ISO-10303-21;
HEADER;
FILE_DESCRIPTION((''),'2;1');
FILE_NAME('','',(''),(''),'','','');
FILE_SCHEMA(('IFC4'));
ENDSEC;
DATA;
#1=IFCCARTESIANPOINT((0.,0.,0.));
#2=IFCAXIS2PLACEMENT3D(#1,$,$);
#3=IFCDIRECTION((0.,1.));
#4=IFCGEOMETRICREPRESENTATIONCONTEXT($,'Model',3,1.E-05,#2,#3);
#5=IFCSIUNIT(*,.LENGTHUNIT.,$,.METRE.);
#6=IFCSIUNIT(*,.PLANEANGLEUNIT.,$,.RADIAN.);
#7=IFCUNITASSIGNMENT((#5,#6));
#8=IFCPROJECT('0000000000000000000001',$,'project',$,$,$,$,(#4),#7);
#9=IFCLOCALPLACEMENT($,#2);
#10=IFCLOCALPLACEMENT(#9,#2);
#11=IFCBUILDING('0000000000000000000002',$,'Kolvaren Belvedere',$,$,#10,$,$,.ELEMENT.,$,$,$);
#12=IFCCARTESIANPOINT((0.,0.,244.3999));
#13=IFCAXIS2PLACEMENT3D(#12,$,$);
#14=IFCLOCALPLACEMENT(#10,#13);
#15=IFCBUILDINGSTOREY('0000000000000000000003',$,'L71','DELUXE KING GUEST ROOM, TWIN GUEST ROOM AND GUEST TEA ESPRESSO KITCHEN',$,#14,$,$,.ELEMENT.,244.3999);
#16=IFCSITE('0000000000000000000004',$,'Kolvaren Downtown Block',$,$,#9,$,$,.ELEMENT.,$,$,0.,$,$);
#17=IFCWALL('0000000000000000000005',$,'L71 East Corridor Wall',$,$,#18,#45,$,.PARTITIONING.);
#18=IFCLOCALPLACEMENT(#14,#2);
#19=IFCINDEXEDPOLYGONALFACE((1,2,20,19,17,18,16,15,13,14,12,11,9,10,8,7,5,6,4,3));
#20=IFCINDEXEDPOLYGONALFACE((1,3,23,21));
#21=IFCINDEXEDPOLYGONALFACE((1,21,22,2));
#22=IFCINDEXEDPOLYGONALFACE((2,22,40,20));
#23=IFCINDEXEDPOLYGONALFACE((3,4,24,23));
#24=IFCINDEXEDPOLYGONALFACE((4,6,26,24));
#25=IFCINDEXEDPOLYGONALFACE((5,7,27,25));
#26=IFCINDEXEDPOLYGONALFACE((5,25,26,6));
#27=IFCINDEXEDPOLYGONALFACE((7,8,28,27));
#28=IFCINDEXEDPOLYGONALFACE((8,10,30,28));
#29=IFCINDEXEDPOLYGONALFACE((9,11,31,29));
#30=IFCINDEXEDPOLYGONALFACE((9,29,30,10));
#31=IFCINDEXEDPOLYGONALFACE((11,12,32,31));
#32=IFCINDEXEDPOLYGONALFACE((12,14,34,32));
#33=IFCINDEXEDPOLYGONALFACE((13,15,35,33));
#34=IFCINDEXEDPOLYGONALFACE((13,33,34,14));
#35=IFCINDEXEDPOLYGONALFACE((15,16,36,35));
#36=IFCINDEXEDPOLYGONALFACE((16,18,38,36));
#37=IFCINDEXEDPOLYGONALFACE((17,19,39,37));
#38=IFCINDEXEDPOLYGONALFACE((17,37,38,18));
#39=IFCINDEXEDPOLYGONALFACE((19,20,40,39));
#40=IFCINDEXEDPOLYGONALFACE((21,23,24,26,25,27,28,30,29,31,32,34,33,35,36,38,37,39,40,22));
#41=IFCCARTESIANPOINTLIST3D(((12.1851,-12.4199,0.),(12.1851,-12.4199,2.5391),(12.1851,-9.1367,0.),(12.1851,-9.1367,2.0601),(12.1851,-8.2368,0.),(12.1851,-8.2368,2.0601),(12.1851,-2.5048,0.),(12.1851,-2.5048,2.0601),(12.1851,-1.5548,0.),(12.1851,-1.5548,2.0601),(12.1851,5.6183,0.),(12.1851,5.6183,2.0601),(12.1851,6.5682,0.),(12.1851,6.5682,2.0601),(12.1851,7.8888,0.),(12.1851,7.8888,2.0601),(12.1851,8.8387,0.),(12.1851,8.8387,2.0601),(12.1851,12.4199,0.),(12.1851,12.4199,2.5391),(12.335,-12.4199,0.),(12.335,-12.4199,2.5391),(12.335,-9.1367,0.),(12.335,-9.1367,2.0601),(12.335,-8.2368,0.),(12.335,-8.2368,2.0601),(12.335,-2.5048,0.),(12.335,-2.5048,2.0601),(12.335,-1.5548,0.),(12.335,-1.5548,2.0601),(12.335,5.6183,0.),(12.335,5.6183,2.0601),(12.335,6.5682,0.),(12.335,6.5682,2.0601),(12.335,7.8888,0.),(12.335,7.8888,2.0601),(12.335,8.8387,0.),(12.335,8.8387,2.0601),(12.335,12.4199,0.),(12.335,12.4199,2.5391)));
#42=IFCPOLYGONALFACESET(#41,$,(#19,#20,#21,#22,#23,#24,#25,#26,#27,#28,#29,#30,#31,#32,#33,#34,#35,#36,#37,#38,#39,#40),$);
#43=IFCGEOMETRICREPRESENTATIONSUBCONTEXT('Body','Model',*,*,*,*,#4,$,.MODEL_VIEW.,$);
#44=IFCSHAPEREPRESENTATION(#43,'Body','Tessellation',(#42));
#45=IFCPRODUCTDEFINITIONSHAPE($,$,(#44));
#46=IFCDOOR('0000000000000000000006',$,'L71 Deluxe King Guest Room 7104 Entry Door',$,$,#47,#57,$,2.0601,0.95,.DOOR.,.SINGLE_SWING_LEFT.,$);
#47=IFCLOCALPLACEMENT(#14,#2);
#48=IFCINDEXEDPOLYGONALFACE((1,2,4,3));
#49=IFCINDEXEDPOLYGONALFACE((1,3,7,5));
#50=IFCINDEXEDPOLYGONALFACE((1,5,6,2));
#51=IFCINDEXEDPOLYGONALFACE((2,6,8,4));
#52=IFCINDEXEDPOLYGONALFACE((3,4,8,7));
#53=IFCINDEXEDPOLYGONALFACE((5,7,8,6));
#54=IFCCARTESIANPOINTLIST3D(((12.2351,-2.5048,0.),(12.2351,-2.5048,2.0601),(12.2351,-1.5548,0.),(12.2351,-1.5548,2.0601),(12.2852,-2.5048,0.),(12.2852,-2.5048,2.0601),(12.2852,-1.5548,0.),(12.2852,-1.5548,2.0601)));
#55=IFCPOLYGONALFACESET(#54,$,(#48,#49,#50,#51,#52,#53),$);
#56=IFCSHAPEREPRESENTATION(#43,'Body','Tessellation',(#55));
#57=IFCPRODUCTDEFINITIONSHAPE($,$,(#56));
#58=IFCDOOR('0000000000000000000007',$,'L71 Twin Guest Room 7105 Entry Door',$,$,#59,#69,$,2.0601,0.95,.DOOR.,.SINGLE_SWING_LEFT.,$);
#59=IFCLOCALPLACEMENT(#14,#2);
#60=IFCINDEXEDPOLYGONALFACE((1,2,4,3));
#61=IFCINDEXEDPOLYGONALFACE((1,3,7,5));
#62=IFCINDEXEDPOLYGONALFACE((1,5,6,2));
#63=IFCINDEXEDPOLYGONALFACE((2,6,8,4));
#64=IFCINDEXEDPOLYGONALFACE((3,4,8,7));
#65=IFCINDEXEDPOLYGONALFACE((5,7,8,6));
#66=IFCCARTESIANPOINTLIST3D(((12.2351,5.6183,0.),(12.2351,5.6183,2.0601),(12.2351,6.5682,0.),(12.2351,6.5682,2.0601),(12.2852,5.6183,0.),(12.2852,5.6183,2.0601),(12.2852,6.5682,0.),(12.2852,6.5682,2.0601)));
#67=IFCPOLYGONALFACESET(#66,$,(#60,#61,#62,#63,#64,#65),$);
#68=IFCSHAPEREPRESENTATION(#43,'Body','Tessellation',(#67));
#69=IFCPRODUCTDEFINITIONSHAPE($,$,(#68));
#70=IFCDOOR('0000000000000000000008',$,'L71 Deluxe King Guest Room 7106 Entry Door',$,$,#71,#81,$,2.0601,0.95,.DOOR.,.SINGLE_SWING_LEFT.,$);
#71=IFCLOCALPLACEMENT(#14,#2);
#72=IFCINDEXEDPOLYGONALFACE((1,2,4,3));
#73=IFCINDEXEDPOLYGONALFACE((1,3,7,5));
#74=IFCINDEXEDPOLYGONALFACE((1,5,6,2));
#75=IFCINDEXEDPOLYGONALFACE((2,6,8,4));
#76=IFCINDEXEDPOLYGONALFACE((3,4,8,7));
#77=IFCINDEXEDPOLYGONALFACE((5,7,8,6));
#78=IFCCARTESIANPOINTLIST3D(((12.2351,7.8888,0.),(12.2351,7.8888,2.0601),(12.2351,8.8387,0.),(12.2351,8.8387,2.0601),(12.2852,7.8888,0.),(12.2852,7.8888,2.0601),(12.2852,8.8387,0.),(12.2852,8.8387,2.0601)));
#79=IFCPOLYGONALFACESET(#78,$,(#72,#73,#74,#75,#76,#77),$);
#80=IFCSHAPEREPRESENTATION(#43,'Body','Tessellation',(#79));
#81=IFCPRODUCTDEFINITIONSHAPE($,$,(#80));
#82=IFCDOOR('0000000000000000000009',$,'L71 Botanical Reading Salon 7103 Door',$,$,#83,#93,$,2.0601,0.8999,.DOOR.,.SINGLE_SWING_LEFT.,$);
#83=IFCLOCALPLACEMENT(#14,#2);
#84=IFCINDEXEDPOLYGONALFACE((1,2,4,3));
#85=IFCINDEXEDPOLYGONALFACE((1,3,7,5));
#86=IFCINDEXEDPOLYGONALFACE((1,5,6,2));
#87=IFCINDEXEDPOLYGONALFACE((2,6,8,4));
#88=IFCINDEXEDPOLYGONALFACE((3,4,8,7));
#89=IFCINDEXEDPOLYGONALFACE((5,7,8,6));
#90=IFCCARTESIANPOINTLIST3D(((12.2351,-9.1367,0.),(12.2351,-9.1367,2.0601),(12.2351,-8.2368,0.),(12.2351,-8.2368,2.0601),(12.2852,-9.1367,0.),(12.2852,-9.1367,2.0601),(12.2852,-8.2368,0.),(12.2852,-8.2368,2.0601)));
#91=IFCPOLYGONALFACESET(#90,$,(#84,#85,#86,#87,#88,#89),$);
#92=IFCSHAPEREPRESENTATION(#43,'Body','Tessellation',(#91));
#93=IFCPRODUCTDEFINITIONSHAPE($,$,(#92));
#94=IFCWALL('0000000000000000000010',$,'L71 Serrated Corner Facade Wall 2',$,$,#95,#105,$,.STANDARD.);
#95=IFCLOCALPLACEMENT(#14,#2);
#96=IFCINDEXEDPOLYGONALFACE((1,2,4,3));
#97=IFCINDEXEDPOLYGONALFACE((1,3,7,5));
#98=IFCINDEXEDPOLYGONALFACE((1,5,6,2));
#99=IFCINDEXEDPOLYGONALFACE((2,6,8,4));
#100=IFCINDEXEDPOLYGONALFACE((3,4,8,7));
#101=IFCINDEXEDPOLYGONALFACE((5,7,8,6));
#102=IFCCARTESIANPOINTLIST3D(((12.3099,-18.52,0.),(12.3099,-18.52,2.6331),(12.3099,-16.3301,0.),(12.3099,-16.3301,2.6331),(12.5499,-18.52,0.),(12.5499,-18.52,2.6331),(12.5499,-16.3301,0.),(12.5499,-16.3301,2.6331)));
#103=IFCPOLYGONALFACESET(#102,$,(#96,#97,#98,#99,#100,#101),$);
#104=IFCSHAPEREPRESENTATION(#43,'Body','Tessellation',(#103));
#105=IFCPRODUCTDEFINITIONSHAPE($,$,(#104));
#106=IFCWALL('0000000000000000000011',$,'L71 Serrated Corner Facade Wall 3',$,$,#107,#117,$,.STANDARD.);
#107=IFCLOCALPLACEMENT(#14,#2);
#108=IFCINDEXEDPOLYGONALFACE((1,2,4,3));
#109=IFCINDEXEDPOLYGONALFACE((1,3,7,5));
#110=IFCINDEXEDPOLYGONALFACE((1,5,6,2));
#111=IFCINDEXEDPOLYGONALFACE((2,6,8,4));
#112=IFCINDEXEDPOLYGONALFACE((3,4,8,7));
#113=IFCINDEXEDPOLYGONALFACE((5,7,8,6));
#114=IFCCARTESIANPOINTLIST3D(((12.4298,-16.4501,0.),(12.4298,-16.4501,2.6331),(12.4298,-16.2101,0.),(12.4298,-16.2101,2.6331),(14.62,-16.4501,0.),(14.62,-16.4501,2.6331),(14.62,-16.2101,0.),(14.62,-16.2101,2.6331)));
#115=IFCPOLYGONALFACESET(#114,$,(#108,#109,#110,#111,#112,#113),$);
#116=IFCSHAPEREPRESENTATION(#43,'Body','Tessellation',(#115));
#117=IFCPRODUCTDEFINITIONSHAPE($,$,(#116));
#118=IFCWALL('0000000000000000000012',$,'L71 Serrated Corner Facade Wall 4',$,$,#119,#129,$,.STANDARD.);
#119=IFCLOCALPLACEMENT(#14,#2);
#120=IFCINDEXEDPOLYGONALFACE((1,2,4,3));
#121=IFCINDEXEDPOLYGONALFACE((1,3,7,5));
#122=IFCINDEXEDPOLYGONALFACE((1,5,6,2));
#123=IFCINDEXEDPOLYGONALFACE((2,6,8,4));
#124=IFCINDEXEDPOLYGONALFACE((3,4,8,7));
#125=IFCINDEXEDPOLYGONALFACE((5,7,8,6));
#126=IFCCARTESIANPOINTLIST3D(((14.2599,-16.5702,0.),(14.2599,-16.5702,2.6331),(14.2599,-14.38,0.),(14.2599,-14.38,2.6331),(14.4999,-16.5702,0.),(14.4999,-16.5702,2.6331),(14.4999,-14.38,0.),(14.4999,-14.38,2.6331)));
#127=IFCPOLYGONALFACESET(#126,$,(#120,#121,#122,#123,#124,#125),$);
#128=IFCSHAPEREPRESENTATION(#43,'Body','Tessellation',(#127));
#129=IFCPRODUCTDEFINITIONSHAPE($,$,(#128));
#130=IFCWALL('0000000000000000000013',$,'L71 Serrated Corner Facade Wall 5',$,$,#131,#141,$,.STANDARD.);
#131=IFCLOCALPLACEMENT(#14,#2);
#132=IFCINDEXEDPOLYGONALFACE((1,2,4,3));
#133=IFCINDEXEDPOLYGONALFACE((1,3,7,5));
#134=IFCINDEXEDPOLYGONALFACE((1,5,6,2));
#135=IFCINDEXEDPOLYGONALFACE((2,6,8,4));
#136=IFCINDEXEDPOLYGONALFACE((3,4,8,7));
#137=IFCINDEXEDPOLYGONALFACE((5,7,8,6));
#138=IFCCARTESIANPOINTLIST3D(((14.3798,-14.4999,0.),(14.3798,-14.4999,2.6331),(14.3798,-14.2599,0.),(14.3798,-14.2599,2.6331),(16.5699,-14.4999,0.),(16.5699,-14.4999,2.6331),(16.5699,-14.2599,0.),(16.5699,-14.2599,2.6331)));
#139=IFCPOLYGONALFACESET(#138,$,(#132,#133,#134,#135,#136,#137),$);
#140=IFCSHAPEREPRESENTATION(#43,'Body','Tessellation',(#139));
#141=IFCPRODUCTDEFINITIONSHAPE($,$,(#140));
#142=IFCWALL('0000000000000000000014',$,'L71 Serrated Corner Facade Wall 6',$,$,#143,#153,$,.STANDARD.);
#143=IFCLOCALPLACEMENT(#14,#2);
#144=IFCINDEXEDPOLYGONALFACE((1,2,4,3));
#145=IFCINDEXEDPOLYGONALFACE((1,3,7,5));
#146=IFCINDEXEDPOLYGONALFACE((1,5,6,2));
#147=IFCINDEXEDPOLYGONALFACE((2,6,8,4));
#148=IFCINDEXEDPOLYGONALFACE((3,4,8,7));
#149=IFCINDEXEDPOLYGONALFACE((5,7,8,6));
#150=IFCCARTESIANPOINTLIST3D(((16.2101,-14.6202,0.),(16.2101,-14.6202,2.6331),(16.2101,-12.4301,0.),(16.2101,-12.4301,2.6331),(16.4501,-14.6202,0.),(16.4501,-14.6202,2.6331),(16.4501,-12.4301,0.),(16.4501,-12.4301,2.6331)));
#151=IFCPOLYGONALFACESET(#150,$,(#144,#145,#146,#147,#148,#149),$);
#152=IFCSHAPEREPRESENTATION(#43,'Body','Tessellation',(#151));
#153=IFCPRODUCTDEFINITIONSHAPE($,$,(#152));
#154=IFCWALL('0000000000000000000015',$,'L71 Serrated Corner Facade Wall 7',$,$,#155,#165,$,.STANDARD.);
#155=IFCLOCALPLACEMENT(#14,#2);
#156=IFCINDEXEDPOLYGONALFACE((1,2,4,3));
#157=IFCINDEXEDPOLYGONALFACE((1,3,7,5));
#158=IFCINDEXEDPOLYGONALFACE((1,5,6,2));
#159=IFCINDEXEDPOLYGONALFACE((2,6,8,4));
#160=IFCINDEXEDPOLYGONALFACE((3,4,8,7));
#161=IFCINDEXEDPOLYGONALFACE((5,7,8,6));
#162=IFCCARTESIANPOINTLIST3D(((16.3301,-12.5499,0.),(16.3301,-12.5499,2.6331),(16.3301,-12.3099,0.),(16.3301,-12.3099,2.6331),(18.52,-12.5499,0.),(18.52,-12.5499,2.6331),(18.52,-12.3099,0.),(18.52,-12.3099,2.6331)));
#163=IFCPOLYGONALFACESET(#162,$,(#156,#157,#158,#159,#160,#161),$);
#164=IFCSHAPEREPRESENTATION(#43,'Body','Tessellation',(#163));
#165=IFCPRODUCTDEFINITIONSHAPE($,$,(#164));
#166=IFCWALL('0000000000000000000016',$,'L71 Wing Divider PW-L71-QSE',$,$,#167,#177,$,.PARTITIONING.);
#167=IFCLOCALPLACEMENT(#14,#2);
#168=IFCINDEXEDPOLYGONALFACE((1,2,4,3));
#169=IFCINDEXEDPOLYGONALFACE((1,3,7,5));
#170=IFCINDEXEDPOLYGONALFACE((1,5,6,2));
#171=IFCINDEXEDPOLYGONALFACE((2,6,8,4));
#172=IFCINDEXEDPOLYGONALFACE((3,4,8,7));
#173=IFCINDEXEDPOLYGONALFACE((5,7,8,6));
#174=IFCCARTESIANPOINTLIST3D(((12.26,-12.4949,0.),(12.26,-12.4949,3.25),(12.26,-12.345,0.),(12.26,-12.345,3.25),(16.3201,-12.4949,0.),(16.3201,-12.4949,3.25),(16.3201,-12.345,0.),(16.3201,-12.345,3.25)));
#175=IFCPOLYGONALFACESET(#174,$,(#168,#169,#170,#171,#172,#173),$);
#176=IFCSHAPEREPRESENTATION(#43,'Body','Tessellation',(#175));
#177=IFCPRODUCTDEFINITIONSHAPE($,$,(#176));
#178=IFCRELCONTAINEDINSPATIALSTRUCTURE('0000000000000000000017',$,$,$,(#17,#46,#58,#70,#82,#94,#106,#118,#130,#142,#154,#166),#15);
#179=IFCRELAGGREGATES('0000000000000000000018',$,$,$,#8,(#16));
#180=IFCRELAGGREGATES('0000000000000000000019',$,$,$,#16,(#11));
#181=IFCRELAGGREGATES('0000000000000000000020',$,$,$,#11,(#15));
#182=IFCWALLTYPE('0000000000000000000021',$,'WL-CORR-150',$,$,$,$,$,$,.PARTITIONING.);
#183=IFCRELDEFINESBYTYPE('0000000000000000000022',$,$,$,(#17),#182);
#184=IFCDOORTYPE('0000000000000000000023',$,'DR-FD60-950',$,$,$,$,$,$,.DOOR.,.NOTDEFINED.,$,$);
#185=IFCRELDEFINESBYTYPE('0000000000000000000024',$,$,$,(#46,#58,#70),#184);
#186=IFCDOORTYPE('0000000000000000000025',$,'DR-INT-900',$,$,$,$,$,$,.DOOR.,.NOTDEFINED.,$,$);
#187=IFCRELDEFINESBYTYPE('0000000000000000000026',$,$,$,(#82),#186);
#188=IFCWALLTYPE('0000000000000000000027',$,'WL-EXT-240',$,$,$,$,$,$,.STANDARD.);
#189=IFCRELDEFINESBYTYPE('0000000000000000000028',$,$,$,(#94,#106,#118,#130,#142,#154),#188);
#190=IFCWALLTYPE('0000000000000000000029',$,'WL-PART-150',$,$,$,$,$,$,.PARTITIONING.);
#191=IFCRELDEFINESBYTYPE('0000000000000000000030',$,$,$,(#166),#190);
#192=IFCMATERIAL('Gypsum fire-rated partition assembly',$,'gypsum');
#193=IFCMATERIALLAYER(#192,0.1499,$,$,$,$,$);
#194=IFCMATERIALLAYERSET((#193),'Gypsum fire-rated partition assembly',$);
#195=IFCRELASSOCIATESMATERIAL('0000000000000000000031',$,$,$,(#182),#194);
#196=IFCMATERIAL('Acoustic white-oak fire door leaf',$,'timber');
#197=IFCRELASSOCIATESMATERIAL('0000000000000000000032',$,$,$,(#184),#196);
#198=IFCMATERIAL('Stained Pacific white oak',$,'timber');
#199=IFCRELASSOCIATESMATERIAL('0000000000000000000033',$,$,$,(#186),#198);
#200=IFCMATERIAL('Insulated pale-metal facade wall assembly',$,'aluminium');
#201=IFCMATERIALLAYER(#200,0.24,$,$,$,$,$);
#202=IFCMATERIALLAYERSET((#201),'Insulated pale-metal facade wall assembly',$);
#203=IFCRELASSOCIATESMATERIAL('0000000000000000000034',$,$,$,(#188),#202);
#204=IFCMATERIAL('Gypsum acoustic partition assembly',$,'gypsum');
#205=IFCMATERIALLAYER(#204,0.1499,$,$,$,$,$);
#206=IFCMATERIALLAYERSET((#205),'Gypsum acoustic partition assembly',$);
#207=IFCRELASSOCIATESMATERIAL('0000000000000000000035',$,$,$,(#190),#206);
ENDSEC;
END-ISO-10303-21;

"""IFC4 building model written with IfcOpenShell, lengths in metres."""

from ifc_helpers import new_model, si_unit, direction, frame, frame_2d, origin, place, context, subcontext, project, spatial, rectangle, extrude, material, layer, layer_set, type_object, element, fill, save


model = new_model("IFC4")

# Units and contexts
model_context = context("Model", 3, precision=1e-05, world=origin(), true_north=direction((0.0, 1.0)))
body_context = subcontext(model_context, "Body", "Model", "MODEL_VIEW")
ifc_project = project(units=[si_unit("LENGTHUNIT", "METRE"), si_unit("PLANEANGLEUNIT", "RADIAN")], contexts=[model_context])

# Site, building, storey
site_placement = place(None, origin())
site = spatial("IfcSite", under=ifc_project, at=site_placement, Name="Kolvaren Downtown Block", CompositionType="ELEMENT", RefElevation=0.0)
building_placement = place(site_placement, origin())
building = spatial("IfcBuilding", under=site, at=building_placement, Name="Kolvaren Belvedere", CompositionType="ELEMENT")
storey_placement = place(building_placement, frame((0.0, 0.0, 244.3999)))
storey = spatial("IfcBuildingStorey", under=building, at=storey_placement, Name="L71", Description="DELUXE KING GUEST ROOM, TWIN GUEST ROOM AND GUEST TEA ESPRESSO KITCHEN", CompositionType="ELEMENT", Elevation=244.3999)

# Wall, openings, doors
ifc_material_1 = material(Name="Gypsum fire-rated partition assembly", Category="gypsum")
ifc_layer_1 = layer(ifc_material_1, 0.1499)
ifc_layer_set_1 = layer_set([ifc_layer_1], Name="Gypsum fire-rated partition assembly")
wall_type_1 = type_object("IfcWallType", Name="WL-CORR-150", PredefinedType="PARTITIONING", material=ifc_layer_set_1)
wall_1_placement = place(storey_placement, frame((12.26, -12.4199, 0.0), z_axis=(0.0, 0.0, 1.0), x_axis=(0.0, 1.0, 0.0)))
wall_1 = element("IfcWall", 1, at=wall_1_placement, inside=storey, type_object=wall_type_1, Name="L71 East Corridor Wall", PredefinedType="PARTITIONING", context=body_context, shape_type="SweptSolid", body=[
    extrude(rectangle(XDim=24.8398, YDim=0.1499, at=frame_2d((12.4199, 0.0))), origin(), (0.0, 0.0, 1.0), 2.5391),
])
opening_1_placement = place(wall_1_placement, frame((3.2832, 0.0, 0.0)))
opening_1 = element("IfcOpeningElement", 2, at=opening_1_placement, cuts=wall_1, PredefinedType="OPENING", context=body_context, shape_type="SweptSolid", body=[
    extrude(rectangle(XDim=0.8999, YDim=2.0601, at=frame_2d((0.45, 1.03))), frame((0.0, 0.085, 0.0), z_axis=(0.0, -1.0, 0.0), x_axis=(1.0, 0.0, 0.0)), (0.0, 0.0, 1.0), 0.1699),
])
opening_2_placement = place(wall_1_placement, frame((9.915, 0.0, 0.0)))
opening_2 = element("IfcOpeningElement", 3, at=opening_2_placement, cuts=wall_1, PredefinedType="OPENING", context=body_context, shape_type="SweptSolid", body=[
    extrude(rectangle(XDim=0.95, YDim=2.0601, at=frame_2d((0.4751, 1.03))), frame((0.0, 0.085, 0.0), z_axis=(0.0, -1.0, 0.0), x_axis=(1.0, 0.0, 0.0)), (0.0, 0.0, 1.0), 0.1699),
])
opening_3_placement = place(wall_1_placement, frame((18.0381, 0.0, 0.0)))
opening_3 = element("IfcOpeningElement", 4, at=opening_3_placement, cuts=wall_1, PredefinedType="OPENING", context=body_context, shape_type="SweptSolid", body=[
    extrude(rectangle(XDim=0.95, YDim=2.0601, at=frame_2d((0.4751, 1.03))), frame((0.0, 0.085, 0.0), z_axis=(0.0, -1.0, 0.0), x_axis=(1.0, 0.0, 0.0)), (0.0, 0.0, 1.0), 0.1699),
])
opening_4_placement = place(wall_1_placement, frame((20.3086, 0.0, 0.0)))
opening_4 = element("IfcOpeningElement", 5, at=opening_4_placement, cuts=wall_1, PredefinedType="OPENING", context=body_context, shape_type="SweptSolid", body=[
    extrude(rectangle(XDim=0.95, YDim=2.0601, at=frame_2d((0.4751, 1.03))), frame((0.0, 0.085, 0.0), z_axis=(0.0, -1.0, 0.0), x_axis=(1.0, 0.0, 0.0)), (0.0, 0.0, 1.0), 0.1699),
])
ifc_material_2 = material(Name="Acoustic white-oak fire door leaf", Category="timber")
door_type_1 = type_object("IfcDoorType", Name="DR-FD60-950", OperationType="NOTDEFINED", PredefinedType="DOOR", material=ifc_material_2)
door_1_placement = place(opening_2_placement, origin())
door_1 = element("IfcDoor", 6, at=door_1_placement, inside=storey, type_object=door_type_1, Name="L71 Deluxe King Guest Room 7104 Entry Door", OperationType="SINGLE_SWING_LEFT", OverallHeight=2.0601, OverallWidth=0.95, PredefinedType="DOOR", context=body_context, shape_type="SweptSolid", body=[
    extrude(rectangle(XDim=0.95, YDim=2.0601, at=frame_2d((0.4751, 1.03))), frame((0.0, 0.0249, 0.0), z_axis=(0.0, -1.0, 0.0), x_axis=(1.0, 0.0, 0.0)), (0.0, 0.0, 1.0), 0.05),
])
fill(opening_2, door_1)
door_2_placement = place(opening_3_placement, origin())
door_2 = element("IfcDoor", 7, at=door_2_placement, inside=storey, type_object=door_type_1, Name="L71 Twin Guest Room 7105 Entry Door", OperationType="SINGLE_SWING_LEFT", OverallHeight=2.0601, OverallWidth=0.95, PredefinedType="DOOR", context=body_context, shape_type="SweptSolid", body=[
    extrude(rectangle(XDim=0.95, YDim=2.0601, at=frame_2d((0.4751, 1.03))), frame((0.0, 0.0249, 0.0), z_axis=(0.0, -1.0, 0.0), x_axis=(1.0, 0.0, 0.0)), (0.0, 0.0, 1.0), 0.05),
])
fill(opening_3, door_2)
door_3_placement = place(opening_4_placement, origin())
door_3 = element("IfcDoor", 8, at=door_3_placement, inside=storey, type_object=door_type_1, Name="L71 Deluxe King Guest Room 7106 Entry Door", OperationType="SINGLE_SWING_LEFT", OverallHeight=2.0601, OverallWidth=0.95, PredefinedType="DOOR", context=body_context, shape_type="SweptSolid", body=[
    extrude(rectangle(XDim=0.95, YDim=2.0601, at=frame_2d((0.4751, 1.03))), frame((0.0, 0.0249, 0.0), z_axis=(0.0, -1.0, 0.0), x_axis=(1.0, 0.0, 0.0)), (0.0, 0.0, 1.0), 0.05),
])
fill(opening_4, door_3)
ifc_material_3 = material(Name="Stained Pacific white oak", Category="timber")
door_type_2 = type_object("IfcDoorType", Name="DR-INT-900", OperationType="NOTDEFINED", PredefinedType="DOOR", material=ifc_material_3)
door_4_placement = place(opening_1_placement, origin())
door_4 = element("IfcDoor", 9, at=door_4_placement, inside=storey, type_object=door_type_2, Name="L71 Botanical Reading Salon 7103 Door", OperationType="SINGLE_SWING_LEFT", OverallHeight=2.0601, OverallWidth=0.8999, PredefinedType="DOOR", context=body_context, shape_type="SweptSolid", body=[
    extrude(rectangle(XDim=0.8999, YDim=2.0601, at=frame_2d((0.45, 1.03))), frame((0.0, 0.0249, 0.0), z_axis=(0.0, -1.0, 0.0), x_axis=(1.0, 0.0, 0.0)), (0.0, 0.0, 1.0), 0.05),
])
fill(opening_1, door_4)

# Walls
ifc_material_4 = material(Name="Insulated pale-metal facade wall assembly", Category="aluminium")
ifc_layer_2 = layer(ifc_material_4, 0.24)
ifc_layer_set_2 = layer_set([ifc_layer_2], Name="Insulated pale-metal facade wall assembly")
wall_type_2 = type_object("IfcWallType", Name="WL-EXT-240", PredefinedType="STANDARD", material=ifc_layer_set_2)
wall_2_placement = place(storey_placement, frame((12.4299, -16.3301, 0.0), z_axis=(0.0, 0.0, 1.0), x_axis=(0.0, -1.0, 0.0)))
element("IfcWall", 10, at=wall_2_placement, inside=storey, type_object=wall_type_2, Name="L71 Serrated Corner Facade Wall 2", PredefinedType="STANDARD", context=body_context, shape_type="SweptSolid", body=[
    extrude(rectangle(XDim=2.1899, YDim=0.24, at=frame_2d((1.095, 0.0))), origin(), (0.0, 0.0, 1.0), 2.6331),
])
for number, where, z_axis, x_axis, name in (
    (11, (14.6201, -16.3301, 0.0), (0.0, 0.0, 1.0), (-1.0, 0.0, 0.0), "L71 Serrated Corner Facade Wall 3"),
    (12, (14.3799, -14.3799, 0.0), (0.0, 0.0, 1.0), (0.0, -1.0, 0.0), "L71 Serrated Corner Facade Wall 4"),
    (13, (16.5701, -14.3799, 0.0), (0.0, 0.0, 1.0), (-1.0, 0.0, 0.0), "L71 Serrated Corner Facade Wall 5"),
    (14, (16.3301, -12.4299, 0.0), (0.0, 0.0, 1.0), (0.0, -1.0, 0.0), "L71 Serrated Corner Facade Wall 6"),
):
    element("IfcWall", number, at=place(storey_placement, frame(where, z_axis=z_axis, x_axis=x_axis)), inside=storey, type_object=wall_type_2, Name=name, PredefinedType="STANDARD", context=body_context, shape_type="SweptSolid", body=[
        extrude(rectangle(XDim=2.1902, YDim=0.24, at=frame_2d((1.0952, 0.0))), origin(), (0.0, 0.0, 1.0), 2.6331),
    ])
wall_3_placement = place(storey_placement, frame((18.52, -12.4299, 0.0), z_axis=(0.0, 0.0, 1.0), x_axis=(-1.0, 0.0, 0.0)))
element("IfcWall", 15, at=wall_3_placement, inside=storey, type_object=wall_type_2, Name="L71 Serrated Corner Facade Wall 7", PredefinedType="STANDARD", context=body_context, shape_type="SweptSolid", body=[
    extrude(rectangle(XDim=2.1899, YDim=0.24, at=frame_2d((1.095, 0.0))), origin(), (0.0, 0.0, 1.0), 2.6331),
])
ifc_material_5 = material(Name="Gypsum acoustic partition assembly", Category="gypsum")
ifc_layer_3 = layer(ifc_material_5, 0.1499)
ifc_layer_set_3 = layer_set([ifc_layer_3], Name="Gypsum acoustic partition assembly")
wall_type_3 = type_object("IfcWallType", Name="WL-PART-150", PredefinedType="PARTITIONING", material=ifc_layer_set_3)
wall_4_placement = place(storey_placement, frame((12.26, -12.4199, 0.0), z_axis=(0.0, 0.0, 1.0), x_axis=(1.0, 0.0, 0.0)))
element("IfcWall", 16, at=wall_4_placement, inside=storey, type_object=wall_type_3, Name="L71 Wing Divider PW-L71-QSE", PredefinedType="PARTITIONING", context=body_context, shape_type="SweptSolid", body=[
    extrude(rectangle(XDim=4.0601, YDim=0.1499, at=frame_2d((2.03, 0.0))), origin(), (0.0, 0.0, 1.0), 3.25),
])

save(model, "model.ifc")
